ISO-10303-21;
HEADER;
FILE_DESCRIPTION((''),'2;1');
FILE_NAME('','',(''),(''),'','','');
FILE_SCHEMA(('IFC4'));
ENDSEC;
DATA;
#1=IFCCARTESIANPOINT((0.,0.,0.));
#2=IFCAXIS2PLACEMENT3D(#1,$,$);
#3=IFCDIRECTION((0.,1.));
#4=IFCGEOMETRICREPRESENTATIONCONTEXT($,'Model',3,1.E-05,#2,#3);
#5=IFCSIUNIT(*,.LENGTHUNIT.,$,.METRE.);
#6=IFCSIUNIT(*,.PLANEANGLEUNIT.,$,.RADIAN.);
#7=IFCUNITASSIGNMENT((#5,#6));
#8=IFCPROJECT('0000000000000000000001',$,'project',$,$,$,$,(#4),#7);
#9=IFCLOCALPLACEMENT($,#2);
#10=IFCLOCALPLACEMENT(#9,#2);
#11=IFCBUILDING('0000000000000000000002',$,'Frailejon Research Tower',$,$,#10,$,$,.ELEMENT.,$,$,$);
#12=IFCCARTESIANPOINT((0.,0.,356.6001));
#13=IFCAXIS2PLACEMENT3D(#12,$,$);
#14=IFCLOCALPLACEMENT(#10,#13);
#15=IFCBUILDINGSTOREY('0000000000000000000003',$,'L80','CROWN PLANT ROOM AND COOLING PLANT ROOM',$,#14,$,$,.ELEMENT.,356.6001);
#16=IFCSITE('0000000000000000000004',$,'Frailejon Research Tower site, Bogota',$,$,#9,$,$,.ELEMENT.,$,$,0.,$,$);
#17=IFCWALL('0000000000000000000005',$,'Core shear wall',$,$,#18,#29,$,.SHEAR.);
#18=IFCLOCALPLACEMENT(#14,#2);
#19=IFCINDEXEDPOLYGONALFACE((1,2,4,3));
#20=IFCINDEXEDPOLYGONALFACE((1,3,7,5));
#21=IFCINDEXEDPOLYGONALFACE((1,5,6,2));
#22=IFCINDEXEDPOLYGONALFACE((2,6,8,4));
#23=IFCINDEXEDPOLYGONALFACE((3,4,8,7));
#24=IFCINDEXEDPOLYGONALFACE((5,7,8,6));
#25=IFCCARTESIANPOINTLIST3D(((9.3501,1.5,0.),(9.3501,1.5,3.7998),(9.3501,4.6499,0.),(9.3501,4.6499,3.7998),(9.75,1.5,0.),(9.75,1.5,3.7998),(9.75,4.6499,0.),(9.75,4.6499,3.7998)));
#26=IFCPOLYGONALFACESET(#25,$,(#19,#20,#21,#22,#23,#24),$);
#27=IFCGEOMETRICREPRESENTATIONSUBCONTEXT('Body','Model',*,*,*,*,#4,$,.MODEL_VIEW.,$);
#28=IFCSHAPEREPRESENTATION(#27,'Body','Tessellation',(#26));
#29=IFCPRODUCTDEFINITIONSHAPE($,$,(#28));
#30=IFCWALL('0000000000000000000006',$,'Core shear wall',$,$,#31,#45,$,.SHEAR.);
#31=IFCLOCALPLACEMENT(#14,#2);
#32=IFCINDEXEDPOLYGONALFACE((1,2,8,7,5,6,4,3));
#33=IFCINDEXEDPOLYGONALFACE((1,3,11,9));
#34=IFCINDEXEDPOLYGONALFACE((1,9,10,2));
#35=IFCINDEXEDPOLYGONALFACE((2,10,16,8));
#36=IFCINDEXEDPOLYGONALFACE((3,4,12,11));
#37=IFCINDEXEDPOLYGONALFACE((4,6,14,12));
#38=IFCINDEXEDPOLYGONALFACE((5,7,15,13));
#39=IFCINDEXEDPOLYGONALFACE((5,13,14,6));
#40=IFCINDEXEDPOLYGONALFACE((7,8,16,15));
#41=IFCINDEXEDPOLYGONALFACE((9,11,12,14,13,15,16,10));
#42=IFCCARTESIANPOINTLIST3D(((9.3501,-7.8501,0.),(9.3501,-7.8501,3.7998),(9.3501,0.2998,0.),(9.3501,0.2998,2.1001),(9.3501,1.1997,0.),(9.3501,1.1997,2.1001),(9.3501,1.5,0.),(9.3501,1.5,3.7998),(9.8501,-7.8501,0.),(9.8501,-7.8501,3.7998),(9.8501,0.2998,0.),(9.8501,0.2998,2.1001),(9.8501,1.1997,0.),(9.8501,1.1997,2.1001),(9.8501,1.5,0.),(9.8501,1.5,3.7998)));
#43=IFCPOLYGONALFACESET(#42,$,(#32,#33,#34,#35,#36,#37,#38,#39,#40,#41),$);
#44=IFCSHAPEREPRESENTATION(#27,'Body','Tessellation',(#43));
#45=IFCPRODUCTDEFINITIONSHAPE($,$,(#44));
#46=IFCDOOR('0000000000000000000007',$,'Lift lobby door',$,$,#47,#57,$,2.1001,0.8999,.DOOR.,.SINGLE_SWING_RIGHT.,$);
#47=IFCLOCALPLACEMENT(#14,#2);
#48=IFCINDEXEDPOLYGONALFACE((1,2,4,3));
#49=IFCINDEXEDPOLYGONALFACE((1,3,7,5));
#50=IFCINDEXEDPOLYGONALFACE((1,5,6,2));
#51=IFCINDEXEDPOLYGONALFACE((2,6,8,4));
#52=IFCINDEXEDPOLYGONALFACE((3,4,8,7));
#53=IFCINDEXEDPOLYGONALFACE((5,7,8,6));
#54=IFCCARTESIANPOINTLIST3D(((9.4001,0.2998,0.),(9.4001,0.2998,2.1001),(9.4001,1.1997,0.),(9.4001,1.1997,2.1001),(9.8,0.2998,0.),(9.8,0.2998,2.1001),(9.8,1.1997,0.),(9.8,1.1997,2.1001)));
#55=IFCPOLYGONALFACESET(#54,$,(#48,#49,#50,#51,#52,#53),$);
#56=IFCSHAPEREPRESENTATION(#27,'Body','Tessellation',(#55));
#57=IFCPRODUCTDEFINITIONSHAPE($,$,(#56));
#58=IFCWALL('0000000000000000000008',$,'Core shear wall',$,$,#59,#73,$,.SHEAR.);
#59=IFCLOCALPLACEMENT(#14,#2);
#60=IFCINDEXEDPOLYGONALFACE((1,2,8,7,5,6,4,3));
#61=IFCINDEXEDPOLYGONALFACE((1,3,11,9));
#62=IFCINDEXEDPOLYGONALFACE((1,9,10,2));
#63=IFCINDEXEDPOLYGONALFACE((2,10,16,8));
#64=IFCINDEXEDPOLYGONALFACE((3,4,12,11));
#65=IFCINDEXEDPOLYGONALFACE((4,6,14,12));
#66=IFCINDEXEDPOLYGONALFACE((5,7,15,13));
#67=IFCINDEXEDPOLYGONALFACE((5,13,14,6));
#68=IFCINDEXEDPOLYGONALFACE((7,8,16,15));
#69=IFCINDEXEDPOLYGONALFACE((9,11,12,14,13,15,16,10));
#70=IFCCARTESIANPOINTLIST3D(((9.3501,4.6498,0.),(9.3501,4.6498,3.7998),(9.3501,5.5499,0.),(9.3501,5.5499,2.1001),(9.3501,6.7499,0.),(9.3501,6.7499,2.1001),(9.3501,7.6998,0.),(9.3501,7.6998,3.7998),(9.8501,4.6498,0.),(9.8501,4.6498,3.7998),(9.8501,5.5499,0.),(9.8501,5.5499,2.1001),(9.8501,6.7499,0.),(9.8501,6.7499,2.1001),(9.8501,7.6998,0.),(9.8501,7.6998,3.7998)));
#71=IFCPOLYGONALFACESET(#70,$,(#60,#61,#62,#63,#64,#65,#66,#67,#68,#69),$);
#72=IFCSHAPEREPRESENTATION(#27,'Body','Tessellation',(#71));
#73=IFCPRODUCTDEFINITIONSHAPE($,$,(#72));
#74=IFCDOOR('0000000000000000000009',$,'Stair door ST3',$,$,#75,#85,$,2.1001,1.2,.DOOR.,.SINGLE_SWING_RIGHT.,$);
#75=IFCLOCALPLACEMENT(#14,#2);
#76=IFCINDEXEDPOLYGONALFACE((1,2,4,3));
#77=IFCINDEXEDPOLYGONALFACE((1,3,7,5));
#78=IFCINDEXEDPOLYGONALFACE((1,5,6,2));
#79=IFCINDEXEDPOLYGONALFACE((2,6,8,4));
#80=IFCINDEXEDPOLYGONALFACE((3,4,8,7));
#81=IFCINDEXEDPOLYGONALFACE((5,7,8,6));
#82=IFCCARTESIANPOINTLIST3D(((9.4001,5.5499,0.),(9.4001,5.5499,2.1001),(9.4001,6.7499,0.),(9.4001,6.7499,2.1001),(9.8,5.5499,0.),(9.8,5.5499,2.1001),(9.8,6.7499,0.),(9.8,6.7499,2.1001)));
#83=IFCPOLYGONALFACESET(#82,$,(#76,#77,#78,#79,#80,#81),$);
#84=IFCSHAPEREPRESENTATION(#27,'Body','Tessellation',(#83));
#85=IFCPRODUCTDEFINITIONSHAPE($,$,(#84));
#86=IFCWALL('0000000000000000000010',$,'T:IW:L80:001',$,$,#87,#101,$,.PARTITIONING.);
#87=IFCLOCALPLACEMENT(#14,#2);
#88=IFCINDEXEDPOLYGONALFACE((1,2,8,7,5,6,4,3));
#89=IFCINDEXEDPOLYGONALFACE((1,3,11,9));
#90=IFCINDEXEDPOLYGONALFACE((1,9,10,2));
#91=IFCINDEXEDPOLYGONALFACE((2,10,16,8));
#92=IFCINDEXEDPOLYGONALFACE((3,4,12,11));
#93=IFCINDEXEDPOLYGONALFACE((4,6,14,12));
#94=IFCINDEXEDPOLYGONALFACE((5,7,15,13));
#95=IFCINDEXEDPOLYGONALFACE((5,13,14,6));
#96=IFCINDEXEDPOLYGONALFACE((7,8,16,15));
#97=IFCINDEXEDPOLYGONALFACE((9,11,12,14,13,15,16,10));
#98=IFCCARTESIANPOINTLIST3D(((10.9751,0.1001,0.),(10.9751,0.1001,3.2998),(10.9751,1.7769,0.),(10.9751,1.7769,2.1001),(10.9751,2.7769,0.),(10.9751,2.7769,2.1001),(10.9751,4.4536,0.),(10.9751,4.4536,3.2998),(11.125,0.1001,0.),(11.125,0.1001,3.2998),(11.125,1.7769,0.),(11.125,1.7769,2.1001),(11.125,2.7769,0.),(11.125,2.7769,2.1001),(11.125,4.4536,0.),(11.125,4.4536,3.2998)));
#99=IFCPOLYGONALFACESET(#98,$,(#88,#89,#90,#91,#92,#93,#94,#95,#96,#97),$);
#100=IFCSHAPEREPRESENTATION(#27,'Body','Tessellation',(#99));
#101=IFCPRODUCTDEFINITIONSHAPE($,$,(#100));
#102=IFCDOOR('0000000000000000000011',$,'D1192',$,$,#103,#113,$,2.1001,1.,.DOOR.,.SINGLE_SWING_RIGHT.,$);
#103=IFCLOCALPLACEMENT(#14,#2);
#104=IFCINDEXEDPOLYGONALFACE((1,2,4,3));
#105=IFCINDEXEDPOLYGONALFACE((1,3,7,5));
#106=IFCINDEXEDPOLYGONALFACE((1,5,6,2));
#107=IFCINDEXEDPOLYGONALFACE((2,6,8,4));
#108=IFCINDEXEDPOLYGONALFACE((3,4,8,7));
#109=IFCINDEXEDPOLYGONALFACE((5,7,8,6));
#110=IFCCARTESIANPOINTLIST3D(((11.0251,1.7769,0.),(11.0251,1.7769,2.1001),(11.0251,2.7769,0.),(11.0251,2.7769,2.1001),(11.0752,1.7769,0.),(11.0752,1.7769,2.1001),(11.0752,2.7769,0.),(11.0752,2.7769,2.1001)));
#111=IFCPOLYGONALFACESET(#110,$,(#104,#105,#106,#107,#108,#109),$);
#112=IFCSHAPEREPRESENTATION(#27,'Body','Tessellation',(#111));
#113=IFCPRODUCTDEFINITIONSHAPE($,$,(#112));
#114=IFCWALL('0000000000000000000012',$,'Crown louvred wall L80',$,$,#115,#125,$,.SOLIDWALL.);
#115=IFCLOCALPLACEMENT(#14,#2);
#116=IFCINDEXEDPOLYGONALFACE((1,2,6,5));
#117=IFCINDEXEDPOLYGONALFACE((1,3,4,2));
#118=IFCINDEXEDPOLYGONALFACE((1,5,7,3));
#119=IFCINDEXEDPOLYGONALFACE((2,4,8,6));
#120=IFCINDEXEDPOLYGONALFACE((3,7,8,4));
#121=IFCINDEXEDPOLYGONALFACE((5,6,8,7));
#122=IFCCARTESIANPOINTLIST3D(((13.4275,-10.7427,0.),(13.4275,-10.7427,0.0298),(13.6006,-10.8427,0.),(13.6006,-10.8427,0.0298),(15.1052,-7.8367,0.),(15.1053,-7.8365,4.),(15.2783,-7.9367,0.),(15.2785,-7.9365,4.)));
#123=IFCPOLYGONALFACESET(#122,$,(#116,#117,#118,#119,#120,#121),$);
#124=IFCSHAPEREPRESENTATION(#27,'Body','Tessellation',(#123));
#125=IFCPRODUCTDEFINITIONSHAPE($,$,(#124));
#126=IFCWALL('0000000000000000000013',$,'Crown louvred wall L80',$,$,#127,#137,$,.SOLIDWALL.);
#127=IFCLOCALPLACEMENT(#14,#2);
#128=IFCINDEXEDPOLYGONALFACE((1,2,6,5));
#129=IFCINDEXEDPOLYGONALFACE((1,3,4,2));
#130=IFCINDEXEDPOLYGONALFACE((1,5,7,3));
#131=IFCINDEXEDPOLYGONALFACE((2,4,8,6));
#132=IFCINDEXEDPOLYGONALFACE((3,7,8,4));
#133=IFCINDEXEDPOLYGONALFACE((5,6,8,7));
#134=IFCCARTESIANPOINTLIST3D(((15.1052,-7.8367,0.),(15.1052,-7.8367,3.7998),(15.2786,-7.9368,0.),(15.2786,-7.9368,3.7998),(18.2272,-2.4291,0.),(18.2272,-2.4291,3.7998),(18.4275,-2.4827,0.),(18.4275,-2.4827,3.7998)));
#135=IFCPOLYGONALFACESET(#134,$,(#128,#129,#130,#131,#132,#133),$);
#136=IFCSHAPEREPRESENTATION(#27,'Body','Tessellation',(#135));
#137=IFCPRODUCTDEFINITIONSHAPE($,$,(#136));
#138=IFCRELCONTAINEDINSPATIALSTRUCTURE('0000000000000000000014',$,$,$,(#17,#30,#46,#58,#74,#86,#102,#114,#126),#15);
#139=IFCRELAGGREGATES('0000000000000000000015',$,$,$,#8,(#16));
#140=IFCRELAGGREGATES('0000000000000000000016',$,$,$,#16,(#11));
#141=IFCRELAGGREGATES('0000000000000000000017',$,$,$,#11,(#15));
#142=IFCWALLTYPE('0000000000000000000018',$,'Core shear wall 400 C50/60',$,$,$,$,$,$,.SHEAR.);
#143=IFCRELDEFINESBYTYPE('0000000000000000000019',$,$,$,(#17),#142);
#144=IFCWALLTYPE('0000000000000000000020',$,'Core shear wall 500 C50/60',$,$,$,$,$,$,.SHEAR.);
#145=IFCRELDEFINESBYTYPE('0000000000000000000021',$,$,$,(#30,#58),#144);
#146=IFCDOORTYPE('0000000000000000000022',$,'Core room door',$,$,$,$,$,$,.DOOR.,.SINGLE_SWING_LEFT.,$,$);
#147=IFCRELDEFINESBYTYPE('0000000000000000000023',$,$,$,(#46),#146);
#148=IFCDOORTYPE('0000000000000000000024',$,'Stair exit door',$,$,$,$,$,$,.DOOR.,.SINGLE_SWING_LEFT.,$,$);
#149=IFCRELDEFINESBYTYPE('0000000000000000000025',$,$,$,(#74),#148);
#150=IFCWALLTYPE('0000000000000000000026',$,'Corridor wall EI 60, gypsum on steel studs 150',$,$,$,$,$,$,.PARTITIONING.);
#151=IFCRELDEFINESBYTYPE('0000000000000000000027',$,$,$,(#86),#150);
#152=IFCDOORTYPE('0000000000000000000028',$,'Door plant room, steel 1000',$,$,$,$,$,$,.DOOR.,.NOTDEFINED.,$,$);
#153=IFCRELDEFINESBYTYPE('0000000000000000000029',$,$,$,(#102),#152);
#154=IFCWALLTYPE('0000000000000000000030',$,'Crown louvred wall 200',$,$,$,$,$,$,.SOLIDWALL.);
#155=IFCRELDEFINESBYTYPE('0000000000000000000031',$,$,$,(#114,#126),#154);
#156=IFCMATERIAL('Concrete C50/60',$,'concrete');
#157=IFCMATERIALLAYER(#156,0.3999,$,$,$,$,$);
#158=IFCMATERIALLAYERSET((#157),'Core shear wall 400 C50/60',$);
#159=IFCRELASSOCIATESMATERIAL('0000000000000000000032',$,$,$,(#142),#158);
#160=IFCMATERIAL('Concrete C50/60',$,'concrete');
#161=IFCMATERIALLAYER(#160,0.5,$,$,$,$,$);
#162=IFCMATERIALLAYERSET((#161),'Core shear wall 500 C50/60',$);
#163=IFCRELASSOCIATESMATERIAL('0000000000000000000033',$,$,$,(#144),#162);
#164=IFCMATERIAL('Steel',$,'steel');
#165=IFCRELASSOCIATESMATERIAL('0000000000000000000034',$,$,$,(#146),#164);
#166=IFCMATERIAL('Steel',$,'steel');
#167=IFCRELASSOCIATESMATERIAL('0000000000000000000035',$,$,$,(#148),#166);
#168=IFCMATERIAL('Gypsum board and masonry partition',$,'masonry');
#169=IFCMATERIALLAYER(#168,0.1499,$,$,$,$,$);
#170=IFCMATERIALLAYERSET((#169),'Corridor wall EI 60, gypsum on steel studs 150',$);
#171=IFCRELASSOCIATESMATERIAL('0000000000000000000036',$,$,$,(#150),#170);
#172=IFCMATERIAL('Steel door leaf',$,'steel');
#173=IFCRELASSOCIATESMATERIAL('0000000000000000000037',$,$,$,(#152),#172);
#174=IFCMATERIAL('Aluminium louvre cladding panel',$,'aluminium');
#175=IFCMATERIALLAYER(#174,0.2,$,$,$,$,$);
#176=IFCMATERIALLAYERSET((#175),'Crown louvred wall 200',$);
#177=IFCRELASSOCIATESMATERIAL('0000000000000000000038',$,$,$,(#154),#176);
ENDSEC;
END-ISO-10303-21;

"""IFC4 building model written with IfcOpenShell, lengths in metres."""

from ifc_helpers import new_model, si_unit, direction, frame, frame_2d, origin, place, context, subcontext, project, spatial, polyline, rectangle, outline, extrude, material, layer, layer_set, type_object, element, fill, save


model = new_model("IFC4")

# Units and contexts
model_context = context("Model", 3, precision=1e-05, world=origin(), true_north=direction((0.0, 1.0)))
body_context = subcontext(model_context, "Body", "Model", "MODEL_VIEW")
ifc_project = project(units=[si_unit("LENGTHUNIT", "METRE"), si_unit("PLANEANGLEUNIT", "RADIAN")], contexts=[model_context])

# Site, building, storey
site_placement = place(None, origin())
site = spatial("IfcSite", under=ifc_project, at=site_placement, Name="Frailejon Research Tower site, Bogota", CompositionType="ELEMENT", RefElevation=0.0)
building_placement = place(site_placement, origin())
building = spatial("IfcBuilding", under=site, at=building_placement, Name="Frailejon Research Tower", CompositionType="ELEMENT")
storey_placement = place(building_placement, frame((0.0, 0.0, 356.6001)))
storey = spatial("IfcBuildingStorey", under=building, at=storey_placement, Name="L80", Description="CROWN PLANT ROOM AND COOLING PLANT ROOM", CompositionType="ELEMENT", Elevation=356.6001)

# Wall
ifc_material_1 = material(Name="Concrete C50/60", Category="concrete")
ifc_layer_1 = layer(ifc_material_1, 0.3999)
ifc_layer_set_1 = layer_set([ifc_layer_1], Name="Core shear wall 400 C50/60")
wall_type_1 = type_object("IfcWallType", Name="Core shear wall 400 C50/60", PredefinedType="SHEAR", material=ifc_layer_set_1)
wall_1_placement = place(storey_placement, frame((9.55, 1.5, 0.0), z_axis=(0.0, 0.0, 1.0), x_axis=(0.0, 1.0, 0.0)))
element("IfcWall", 1, at=wall_1_placement, inside=storey, type_object=wall_type_1, Name="Core shear wall", PredefinedType="SHEAR", context=body_context, shape_type="SweptSolid", body=[
    extrude(rectangle(XDim=3.1499, YDim=0.3999, at=frame_2d((1.575, 0.0))), origin(), (0.0, 0.0, 1.0), 3.7998),
])

# Walls, openings, doors
ifc_material_2 = material(Name="Concrete C50/60", Category="concrete")
ifc_layer_2 = layer(ifc_material_2, 0.5)
ifc_layer_set_2 = layer_set([ifc_layer_2], Name="Core shear wall 500 C50/60")
wall_type_2 = type_object("IfcWallType", Name="Core shear wall 500 C50/60", PredefinedType="SHEAR", material=ifc_layer_set_2)
wall_2_placement = place(storey_placement, frame((9.6001, -7.8501, 0.0), z_axis=(0.0, 0.0, 1.0), x_axis=(0.0, 1.0, 0.0)))
wall_2 = element("IfcWall", 2, at=wall_2_placement, inside=storey, type_object=wall_type_2, Name="Core shear wall", PredefinedType="SHEAR", context=body_context, shape_type="SweptSolid", body=[
    extrude(rectangle(XDim=9.3501, YDim=0.5, at=frame_2d((4.675, 0.0))), origin(), (0.0, 0.0, 1.0), 3.7998),
])
opening_1_placement = place(wall_2_placement, frame((8.1499, 0.0, 0.0)))
opening_1 = element("IfcOpeningElement", 3, at=opening_1_placement, cuts=wall_2, PredefinedType="OPENING", context=body_context, shape_type="SweptSolid", body=[
    extrude(rectangle(XDim=0.8999, YDim=2.1001, at=frame_2d((0.45, 1.05))), frame((0.0, 0.26, 0.0), z_axis=(0.0, -1.0, 0.0), x_axis=(1.0, 0.0, 0.0)), (0.0, 0.0, 1.0), 0.52),
])
ifc_material_3 = material(Name="Steel", Category="steel")
door_type_1 = type_object("IfcDoorType", Name="Core room door", OperationType="SINGLE_SWING_LEFT", PredefinedType="DOOR", material=ifc_material_3)
door_1_placement = place(opening_1_placement, origin())
door_1 = element("IfcDoor", 4, at=door_1_placement, inside=storey, type_object=door_type_1, Name="Lift lobby door", OperationType="SINGLE_SWING_RIGHT", OverallHeight=2.1001, OverallWidth=0.8999, PredefinedType="DOOR", context=body_context, shape_type="SweptSolid", body=[
    extrude(rectangle(XDim=0.8999, YDim=2.1001, at=frame_2d((0.45, 1.05))), frame((0.0, 0.2, 0.0), z_axis=(0.0, -1.0, 0.0), x_axis=(1.0, 0.0, 0.0)), (0.0, 0.0, 1.0), 0.3999),
])
fill(opening_1, door_1)
wall_3_placement = place(storey_placement, frame((9.6001, 4.6499, 0.0), z_axis=(0.0, 0.0, 1.0), x_axis=(0.0, 1.0, 0.0)))
wall_3 = element("IfcWall", 5, at=wall_3_placement, inside=storey, type_object=wall_type_2, Name="Core shear wall", PredefinedType="SHEAR", context=body_context, shape_type="SweptSolid", body=[
    extrude(rectangle(XDim=3.05, YDim=0.5, at=frame_2d((1.5249, 0.0))), origin(), (0.0, 0.0, 1.0), 3.7998),
])
opening_2_placement = place(wall_3_placement, frame((0.8999, 0.0, 0.0)))
opening_2 = element("IfcOpeningElement", 6, at=opening_2_placement, cuts=wall_3, PredefinedType="OPENING", context=body_context, shape_type="SweptSolid", body=[
    extrude(rectangle(XDim=1.2, YDim=2.1001, at=frame_2d((0.6001, 1.05))), frame((0.0, 0.26, 0.0), z_axis=(0.0, -1.0, 0.0), x_axis=(1.0, 0.0, 0.0)), (0.0, 0.0, 1.0), 0.52),
])
ifc_material_4 = material(Name="Steel", Category="steel")
door_type_2 = type_object("IfcDoorType", Name="Stair exit door", OperationType="SINGLE_SWING_LEFT", PredefinedType="DOOR", material=ifc_material_4)
door_2_placement = place(opening_2_placement, origin())
door_2 = element("IfcDoor", 7, at=door_2_placement, inside=storey, type_object=door_type_2, Name="Stair door ST3", OperationType="SINGLE_SWING_RIGHT", OverallHeight=2.1001, OverallWidth=1.2, PredefinedType="DOOR", context=body_context, shape_type="SweptSolid", body=[
    extrude(rectangle(XDim=1.2, YDim=2.1001, at=frame_2d((0.6001, 1.05))), frame((0.0, 0.2, 0.0), z_axis=(0.0, -1.0, 0.0), x_axis=(1.0, 0.0, 0.0)), (0.0, 0.0, 1.0), 0.3999),
])
fill(opening_2, door_2)
ifc_material_5 = material(Name="Gypsum board and masonry partition", Category="masonry")
ifc_layer_3 = layer(ifc_material_5, 0.1499)
ifc_layer_set_3 = layer_set([ifc_layer_3], Name="Corridor wall EI 60, gypsum on steel studs 150")
wall_type_3 = type_object("IfcWallType", Name="Corridor wall EI 60, gypsum on steel studs 150", PredefinedType="PARTITIONING", material=ifc_layer_set_3)
wall_4_placement = place(storey_placement, frame((11.05, 0.1001, 0.0), z_axis=(0.0, 0.0, 1.0), x_axis=(0.0, 1.0, 0.0)))
wall_4 = element("IfcWall", 8, at=wall_4_placement, inside=storey, type_object=wall_type_3, Name="T:IW:L80:001", PredefinedType="PARTITIONING", context=body_context, shape_type="SweptSolid", body=[
    extrude(rectangle(XDim=4.3535, YDim=0.1499, at=frame_2d((2.1768, 0.0))), origin(), (0.0, 0.0, 1.0), 3.2998),
])
opening_3_placement = place(wall_4_placement, frame((1.6768, 0.0, 0.0)))
opening_3 = element("IfcOpeningElement", 9, at=opening_3_placement, cuts=wall_4, PredefinedType="OPENING", context=body_context, shape_type="SweptSolid", body=[
    extrude(rectangle(XDim=1.0, YDim=2.1001, at=frame_2d((0.5, 1.05))), frame((0.0, 0.085, 0.0), z_axis=(0.0, -1.0, 0.0), x_axis=(1.0, 0.0, 0.0)), (0.0, 0.0, 1.0), 0.1699),
])
ifc_material_6 = material(Name="Steel door leaf", Category="steel")
door_type_3 = type_object("IfcDoorType", Name="Door plant room, steel 1000", OperationType="NOTDEFINED", PredefinedType="DOOR", material=ifc_material_6)
door_3_placement = place(opening_3_placement, origin())
door_3 = element("IfcDoor", 10, at=door_3_placement, inside=storey, type_object=door_type_3, Name="D1192", OperationType="SINGLE_SWING_RIGHT", OverallHeight=2.1001, OverallWidth=1.0, PredefinedType="DOOR", context=body_context, shape_type="SweptSolid", body=[
    extrude(rectangle(XDim=1.0, YDim=2.1001, at=frame_2d((0.5, 1.05))), frame((0.0, 0.0249, 0.0), z_axis=(0.0, -1.0, 0.0), x_axis=(1.0, 0.0, 0.0)), (0.0, 0.0, 1.0), 0.05),
])
fill(opening_3, door_3)

# Walls
ifc_material_7 = material(Name="Aluminium louvre cladding panel", Category="aluminium")
ifc_layer_4 = layer(ifc_material_7, 0.2)
ifc_layer_set_4 = layer_set([ifc_layer_4], Name="Crown louvred wall 200")
wall_type_4 = type_object("IfcWallType", Name="Crown louvred wall 200", PredefinedType="SOLIDWALL", material=ifc_layer_set_4)
wall_5_placement = place(storey_placement, frame((13.5142, -10.7927, 0.0), z_axis=(0.0, 0.0, 1.0), x_axis=(0.499989, 0.866032, 0.0)))
element("IfcWall", 11, at=wall_5_placement, inside=storey, type_object=wall_type_4, Name="Crown louvred wall L80", PredefinedType="SOLIDWALL", context=body_context, shape_type="SweptSolid", body=[
    extrude(outline(polyline([(0.0, 0.0), (3.3555, 0.0), (3.3557, 4.0), (0.0, 0.0298), (0.0, 0.0)])), frame((0.0, 0.1001, 0.0), z_axis=(0.0, -1.0, 0.0), x_axis=(1.0, 0.0, 0.0)), (0.0, 0.0, 1.0), 0.2),
])
wall_6_placement = place(storey_placement, frame((15.1919, -7.8867, 0.0), z_axis=(0.0, 0.0, 1.0), x_axis=(0.499995, 0.866028, 0.0)))
element("IfcWall", 12, at=wall_6_placement, inside=storey, type_object=wall_type_4, Name="Crown louvred wall L80", PredefinedType="SOLIDWALL", context=body_context, shape_type="SweptSolid", body=[
    extrude(outline(polyline([(0.0, -0.1001), (6.2979, -0.1001), (6.2441, 0.1001), (0.0, 0.1001), (0.0, -0.1001)])), origin(), (0.0, 0.0, 1.0), 3.7998),
])

save(model, "model.ifc")
